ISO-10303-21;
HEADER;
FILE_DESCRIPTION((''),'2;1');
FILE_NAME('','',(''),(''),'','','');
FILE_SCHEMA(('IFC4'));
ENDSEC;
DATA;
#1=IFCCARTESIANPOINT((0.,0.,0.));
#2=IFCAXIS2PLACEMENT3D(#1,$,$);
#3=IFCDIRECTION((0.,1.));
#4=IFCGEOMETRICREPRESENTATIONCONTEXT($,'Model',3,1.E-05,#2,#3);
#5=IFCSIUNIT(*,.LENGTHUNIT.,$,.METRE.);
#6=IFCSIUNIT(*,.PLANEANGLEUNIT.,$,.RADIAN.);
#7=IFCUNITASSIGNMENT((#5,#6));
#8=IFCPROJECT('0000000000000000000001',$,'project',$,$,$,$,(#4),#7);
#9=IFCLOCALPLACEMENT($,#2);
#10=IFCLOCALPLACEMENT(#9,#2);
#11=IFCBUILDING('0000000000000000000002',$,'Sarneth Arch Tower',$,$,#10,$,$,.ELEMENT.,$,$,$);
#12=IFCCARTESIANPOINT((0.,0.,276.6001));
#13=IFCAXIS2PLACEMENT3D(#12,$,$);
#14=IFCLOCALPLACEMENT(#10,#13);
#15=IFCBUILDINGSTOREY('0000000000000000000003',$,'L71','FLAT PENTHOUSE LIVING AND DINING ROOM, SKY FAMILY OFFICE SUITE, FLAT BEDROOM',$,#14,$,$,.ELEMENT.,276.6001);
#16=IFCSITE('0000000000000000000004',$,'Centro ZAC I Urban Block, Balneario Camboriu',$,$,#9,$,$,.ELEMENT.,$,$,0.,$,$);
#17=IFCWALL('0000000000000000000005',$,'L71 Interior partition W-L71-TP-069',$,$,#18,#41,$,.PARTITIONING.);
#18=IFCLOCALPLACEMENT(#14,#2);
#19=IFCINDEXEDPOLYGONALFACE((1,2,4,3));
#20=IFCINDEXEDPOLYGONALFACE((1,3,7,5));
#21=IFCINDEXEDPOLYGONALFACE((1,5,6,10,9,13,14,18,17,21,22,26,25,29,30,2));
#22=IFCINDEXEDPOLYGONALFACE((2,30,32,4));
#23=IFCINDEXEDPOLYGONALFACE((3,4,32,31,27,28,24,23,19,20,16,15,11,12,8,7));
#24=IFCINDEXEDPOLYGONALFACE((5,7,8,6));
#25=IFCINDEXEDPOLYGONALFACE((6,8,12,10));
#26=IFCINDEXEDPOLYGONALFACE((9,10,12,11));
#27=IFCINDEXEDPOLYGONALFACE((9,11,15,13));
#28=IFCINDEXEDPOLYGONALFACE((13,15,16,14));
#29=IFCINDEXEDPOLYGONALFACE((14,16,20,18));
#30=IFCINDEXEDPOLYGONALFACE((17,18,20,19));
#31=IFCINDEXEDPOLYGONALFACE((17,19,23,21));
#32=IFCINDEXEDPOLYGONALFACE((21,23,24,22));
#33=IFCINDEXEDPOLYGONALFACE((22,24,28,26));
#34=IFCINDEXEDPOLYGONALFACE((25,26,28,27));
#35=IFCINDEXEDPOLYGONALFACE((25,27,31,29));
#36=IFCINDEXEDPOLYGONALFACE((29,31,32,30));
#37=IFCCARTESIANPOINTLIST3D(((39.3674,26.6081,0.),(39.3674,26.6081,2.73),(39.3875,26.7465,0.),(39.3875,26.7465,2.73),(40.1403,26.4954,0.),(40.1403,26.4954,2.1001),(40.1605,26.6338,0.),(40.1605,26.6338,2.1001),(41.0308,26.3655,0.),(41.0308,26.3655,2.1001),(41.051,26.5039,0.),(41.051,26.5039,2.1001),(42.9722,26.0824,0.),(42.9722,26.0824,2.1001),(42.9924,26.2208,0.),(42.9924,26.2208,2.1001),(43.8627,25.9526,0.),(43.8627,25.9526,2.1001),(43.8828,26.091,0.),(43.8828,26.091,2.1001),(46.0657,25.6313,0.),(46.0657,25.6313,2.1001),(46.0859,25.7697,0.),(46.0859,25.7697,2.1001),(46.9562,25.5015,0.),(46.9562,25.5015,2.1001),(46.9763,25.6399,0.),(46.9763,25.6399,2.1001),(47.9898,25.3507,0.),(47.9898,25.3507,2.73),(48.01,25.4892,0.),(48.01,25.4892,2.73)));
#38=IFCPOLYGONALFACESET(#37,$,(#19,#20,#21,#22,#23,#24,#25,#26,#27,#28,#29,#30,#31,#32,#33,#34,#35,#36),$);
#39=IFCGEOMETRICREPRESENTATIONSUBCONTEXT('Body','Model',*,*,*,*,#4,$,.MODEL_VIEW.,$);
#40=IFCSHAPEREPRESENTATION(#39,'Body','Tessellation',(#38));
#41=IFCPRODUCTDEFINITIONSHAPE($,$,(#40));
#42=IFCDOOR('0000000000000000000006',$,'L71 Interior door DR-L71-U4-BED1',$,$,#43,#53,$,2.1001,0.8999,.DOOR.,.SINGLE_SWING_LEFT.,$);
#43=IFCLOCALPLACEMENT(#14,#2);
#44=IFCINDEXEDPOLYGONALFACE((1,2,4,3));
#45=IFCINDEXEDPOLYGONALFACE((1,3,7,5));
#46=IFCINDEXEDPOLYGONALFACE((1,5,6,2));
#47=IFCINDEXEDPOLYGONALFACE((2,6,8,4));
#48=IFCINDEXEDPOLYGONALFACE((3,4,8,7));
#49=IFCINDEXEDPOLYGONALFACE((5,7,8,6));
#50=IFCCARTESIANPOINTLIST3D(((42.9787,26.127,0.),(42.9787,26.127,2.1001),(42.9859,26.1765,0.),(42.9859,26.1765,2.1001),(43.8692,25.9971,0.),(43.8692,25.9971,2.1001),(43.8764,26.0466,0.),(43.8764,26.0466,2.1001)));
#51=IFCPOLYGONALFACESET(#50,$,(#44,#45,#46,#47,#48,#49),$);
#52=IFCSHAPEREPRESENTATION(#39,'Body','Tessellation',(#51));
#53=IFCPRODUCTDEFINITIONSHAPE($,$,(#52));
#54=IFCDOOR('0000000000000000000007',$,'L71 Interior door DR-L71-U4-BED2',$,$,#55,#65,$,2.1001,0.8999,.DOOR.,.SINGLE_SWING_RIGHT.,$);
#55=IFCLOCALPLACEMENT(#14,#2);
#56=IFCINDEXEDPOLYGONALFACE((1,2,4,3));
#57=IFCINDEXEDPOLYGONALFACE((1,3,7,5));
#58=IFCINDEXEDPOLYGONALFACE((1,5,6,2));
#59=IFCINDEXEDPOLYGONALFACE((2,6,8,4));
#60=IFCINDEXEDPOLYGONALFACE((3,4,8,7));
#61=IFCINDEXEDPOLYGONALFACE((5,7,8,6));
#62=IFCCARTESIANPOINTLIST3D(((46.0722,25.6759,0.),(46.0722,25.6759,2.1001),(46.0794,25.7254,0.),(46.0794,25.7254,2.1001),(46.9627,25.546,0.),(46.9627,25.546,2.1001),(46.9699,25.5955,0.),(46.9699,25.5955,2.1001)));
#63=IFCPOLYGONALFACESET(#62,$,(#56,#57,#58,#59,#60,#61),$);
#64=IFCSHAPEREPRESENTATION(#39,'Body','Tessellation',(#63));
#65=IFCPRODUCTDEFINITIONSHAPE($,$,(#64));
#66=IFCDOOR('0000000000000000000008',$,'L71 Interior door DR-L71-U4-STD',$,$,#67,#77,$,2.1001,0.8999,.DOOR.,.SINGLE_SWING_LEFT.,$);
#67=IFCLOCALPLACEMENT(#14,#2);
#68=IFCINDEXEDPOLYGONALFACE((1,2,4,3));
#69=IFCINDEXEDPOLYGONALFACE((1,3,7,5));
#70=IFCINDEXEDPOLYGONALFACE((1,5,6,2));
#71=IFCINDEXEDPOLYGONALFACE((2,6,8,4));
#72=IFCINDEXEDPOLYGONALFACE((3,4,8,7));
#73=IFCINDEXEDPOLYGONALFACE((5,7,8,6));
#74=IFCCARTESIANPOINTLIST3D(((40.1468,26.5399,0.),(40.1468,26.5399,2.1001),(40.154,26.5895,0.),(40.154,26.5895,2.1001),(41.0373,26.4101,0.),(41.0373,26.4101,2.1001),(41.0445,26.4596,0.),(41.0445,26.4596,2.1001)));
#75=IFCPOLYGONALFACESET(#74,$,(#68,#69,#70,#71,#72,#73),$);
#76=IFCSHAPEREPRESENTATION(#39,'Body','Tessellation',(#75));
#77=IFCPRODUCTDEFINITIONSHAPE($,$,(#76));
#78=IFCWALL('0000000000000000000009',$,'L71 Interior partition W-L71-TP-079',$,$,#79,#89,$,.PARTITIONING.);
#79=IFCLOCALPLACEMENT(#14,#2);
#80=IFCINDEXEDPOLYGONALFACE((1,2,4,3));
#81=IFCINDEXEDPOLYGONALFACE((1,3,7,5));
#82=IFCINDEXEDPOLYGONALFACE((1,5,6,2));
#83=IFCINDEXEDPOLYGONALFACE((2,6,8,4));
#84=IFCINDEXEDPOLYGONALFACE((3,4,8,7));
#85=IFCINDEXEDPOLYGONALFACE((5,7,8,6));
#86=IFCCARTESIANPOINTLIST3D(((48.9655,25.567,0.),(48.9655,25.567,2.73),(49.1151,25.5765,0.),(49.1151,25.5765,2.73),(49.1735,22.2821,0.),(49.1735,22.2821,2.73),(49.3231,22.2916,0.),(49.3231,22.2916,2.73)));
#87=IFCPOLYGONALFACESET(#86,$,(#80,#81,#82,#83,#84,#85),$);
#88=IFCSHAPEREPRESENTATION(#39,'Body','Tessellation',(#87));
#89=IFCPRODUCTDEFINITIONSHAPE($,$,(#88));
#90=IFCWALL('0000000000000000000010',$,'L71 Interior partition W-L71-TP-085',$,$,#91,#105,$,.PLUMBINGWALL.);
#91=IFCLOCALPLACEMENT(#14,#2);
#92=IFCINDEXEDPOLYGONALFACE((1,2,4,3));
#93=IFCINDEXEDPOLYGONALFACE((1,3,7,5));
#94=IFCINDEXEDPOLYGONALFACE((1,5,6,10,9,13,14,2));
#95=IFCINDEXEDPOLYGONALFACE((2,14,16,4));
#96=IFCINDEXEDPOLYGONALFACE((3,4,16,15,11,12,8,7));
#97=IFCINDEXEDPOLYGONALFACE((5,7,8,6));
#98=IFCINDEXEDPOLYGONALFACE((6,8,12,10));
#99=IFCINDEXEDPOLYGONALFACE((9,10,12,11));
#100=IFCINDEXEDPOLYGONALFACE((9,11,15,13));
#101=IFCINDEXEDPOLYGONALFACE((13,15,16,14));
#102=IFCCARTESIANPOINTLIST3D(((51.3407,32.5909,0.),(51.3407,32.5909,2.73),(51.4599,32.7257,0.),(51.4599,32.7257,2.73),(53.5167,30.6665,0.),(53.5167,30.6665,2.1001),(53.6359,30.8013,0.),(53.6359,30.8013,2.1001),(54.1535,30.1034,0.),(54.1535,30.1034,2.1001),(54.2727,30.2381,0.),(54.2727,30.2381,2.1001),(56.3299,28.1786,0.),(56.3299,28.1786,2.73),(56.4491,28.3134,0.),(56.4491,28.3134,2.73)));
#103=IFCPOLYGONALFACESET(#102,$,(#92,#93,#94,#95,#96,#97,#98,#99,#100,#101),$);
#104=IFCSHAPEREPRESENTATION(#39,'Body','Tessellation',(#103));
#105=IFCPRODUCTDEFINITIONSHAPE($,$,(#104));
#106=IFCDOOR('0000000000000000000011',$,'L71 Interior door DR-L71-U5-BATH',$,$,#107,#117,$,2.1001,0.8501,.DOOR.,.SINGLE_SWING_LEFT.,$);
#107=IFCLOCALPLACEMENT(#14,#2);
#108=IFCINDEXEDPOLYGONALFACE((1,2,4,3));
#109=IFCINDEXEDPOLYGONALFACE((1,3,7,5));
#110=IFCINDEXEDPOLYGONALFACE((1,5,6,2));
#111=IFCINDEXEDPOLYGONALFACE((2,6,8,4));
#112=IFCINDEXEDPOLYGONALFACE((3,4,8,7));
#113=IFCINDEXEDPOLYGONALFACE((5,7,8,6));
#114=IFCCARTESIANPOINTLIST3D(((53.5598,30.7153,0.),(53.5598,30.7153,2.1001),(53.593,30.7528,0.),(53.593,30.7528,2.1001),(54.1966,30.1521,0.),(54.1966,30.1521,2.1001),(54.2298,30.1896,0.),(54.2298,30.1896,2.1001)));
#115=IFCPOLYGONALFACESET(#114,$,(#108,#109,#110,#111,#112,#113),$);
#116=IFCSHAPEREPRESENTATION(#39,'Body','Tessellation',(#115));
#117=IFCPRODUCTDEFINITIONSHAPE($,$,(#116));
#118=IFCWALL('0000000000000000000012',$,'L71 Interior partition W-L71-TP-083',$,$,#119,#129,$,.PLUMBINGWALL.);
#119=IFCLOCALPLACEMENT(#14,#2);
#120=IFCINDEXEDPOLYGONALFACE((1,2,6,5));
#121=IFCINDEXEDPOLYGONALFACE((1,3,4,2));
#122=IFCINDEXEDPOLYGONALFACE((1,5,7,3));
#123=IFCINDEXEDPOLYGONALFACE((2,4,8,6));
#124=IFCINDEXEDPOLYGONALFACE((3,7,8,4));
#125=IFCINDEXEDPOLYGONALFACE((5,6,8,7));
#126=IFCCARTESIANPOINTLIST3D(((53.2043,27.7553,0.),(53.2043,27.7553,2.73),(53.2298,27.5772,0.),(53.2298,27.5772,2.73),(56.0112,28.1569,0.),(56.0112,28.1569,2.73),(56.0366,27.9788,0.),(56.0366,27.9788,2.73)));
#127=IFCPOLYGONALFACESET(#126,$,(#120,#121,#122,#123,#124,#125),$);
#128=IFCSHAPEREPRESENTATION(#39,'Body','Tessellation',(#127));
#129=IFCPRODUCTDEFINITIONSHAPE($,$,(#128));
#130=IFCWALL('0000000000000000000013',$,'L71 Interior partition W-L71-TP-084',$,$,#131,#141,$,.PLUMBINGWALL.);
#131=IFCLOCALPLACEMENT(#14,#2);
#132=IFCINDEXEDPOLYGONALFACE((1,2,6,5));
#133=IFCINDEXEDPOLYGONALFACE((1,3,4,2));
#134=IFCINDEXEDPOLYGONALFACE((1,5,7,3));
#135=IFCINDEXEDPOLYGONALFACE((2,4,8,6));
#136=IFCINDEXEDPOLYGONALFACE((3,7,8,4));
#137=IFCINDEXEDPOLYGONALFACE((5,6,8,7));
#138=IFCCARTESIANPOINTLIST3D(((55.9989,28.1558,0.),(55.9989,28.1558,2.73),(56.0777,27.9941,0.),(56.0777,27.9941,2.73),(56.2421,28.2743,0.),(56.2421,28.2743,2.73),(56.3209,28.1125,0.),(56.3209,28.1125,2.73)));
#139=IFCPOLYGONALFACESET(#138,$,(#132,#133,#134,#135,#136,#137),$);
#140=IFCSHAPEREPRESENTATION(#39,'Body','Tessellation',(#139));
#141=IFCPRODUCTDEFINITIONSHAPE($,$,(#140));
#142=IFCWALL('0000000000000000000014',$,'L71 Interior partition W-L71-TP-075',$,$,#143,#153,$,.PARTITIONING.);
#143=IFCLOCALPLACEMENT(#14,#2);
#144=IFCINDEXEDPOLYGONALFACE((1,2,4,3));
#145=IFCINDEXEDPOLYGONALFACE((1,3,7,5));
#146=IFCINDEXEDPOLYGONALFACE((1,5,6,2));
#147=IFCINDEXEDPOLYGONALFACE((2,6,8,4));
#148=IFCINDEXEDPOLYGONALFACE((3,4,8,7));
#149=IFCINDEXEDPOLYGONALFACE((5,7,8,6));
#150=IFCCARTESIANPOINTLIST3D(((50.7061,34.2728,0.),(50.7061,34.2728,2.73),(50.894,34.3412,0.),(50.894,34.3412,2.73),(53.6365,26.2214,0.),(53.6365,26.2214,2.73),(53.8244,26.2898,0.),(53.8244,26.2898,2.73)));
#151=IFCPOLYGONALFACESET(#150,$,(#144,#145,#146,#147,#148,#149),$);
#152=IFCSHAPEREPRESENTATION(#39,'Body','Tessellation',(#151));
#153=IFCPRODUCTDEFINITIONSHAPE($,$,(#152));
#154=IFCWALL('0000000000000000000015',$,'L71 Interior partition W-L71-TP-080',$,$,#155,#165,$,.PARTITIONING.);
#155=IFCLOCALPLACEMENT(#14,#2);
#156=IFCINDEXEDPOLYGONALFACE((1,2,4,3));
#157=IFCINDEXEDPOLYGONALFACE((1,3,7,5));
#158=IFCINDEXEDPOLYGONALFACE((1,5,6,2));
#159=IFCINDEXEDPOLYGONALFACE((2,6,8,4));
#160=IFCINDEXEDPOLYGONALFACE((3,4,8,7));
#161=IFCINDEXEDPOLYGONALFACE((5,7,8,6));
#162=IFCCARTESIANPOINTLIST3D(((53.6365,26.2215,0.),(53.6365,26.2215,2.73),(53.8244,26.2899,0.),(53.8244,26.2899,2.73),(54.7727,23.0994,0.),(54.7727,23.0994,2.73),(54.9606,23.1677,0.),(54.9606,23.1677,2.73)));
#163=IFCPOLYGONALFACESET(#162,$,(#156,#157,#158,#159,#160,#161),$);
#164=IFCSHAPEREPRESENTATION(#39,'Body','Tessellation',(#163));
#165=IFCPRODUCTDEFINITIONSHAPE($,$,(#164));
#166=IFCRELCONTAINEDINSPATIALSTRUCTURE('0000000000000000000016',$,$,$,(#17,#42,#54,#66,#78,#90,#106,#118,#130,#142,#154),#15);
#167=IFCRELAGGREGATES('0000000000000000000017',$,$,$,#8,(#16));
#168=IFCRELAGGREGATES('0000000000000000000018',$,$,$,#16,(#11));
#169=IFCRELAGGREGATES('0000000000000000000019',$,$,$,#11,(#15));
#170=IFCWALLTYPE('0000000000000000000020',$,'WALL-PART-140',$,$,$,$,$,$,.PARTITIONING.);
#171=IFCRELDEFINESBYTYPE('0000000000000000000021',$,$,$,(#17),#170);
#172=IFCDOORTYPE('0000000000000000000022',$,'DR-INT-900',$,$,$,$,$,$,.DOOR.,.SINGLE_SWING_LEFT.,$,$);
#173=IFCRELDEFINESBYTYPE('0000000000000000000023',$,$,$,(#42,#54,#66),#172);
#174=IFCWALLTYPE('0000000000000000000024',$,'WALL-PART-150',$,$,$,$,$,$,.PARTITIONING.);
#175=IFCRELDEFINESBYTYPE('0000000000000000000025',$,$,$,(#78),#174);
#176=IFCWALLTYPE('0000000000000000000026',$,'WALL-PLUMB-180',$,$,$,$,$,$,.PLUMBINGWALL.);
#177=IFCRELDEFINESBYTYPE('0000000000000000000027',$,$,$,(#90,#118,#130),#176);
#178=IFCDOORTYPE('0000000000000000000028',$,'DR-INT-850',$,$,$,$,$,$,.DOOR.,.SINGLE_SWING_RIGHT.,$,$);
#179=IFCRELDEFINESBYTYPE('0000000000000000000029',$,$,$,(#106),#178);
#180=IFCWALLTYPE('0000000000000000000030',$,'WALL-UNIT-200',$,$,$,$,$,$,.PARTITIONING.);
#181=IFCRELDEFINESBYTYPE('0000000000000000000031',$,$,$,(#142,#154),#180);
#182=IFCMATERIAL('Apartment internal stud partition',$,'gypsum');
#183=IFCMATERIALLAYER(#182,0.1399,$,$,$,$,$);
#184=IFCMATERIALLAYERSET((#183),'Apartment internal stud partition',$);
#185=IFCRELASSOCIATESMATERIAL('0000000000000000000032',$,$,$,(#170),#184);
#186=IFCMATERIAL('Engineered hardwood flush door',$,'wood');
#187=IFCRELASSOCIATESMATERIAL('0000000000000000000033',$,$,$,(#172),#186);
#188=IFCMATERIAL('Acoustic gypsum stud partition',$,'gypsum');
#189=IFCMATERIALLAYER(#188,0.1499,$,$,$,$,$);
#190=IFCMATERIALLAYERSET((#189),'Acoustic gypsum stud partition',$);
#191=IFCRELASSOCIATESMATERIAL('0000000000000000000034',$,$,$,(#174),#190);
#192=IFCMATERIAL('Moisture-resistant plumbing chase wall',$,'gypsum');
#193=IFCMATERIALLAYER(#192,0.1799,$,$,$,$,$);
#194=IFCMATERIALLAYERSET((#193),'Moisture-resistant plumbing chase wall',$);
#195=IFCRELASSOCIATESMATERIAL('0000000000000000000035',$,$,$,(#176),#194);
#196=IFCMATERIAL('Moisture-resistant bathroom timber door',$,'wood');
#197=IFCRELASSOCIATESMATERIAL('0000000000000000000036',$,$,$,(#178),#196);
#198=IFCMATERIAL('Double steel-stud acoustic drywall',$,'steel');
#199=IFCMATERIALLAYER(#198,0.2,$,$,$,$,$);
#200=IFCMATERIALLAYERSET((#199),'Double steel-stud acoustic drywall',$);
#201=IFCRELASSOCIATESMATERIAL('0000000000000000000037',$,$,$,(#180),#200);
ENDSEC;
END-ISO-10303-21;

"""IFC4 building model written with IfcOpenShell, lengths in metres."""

from ifc_helpers import new_model, si_unit, direction, frame, frame_2d, origin, place, context, subcontext, project, spatial, rectangle, extrude, material, layer, layer_set, type_object, element, fill, save


model = new_model("IFC4")

# Units and contexts
model_context = context("Model", 3, precision=1e-05, world=origin(), true_north=direction((0.0, 1.0)))
body_context = subcontext(model_context, "Body", "Model", "MODEL_VIEW")
ifc_project = project(units=[si_unit("LENGTHUNIT", "METRE"), si_unit("PLANEANGLEUNIT", "RADIAN")], contexts=[model_context])

# Site, building, storey
site_placement = place(None, origin())
site = spatial("IfcSite", under=ifc_project, at=site_placement, Name="Centro ZAC I Urban Block, Balneario Camboriu", CompositionType="ELEMENT", RefElevation=0.0)
building_placement = place(site_placement, origin())
building = spatial("IfcBuilding", under=site, at=building_placement, Name="Sarneth Arch Tower", CompositionType="ELEMENT")
storey_placement = place(building_placement, frame((0.0, 0.0, 276.6001)))
storey = spatial("IfcBuildingStorey", under=building, at=storey_placement, Name="L71", Description="FLAT PENTHOUSE LIVING AND DINING ROOM, SKY FAMILY OFFICE SUITE, FLAT BEDROOM", CompositionType="ELEMENT", Elevation=276.6001)

# Shared definitions
ifc_material_1 = material(Name="Apartment internal stud partition", Category="gypsum")
ifc_layer_1 = layer(ifc_material_1, 0.1399)
ifc_layer_set_1 = layer_set([ifc_layer_1], Name="Apartment internal stud partition")
wall_type_1 = type_object("IfcWallType", Name="WALL-PART-140", PredefinedType="PARTITIONING", material=ifc_layer_set_1)
ifc_material_2 = material(Name="Engineered hardwood flush door", Category="wood")
door_type_1 = type_object("IfcDoorType", Name="DR-INT-900", OperationType="SINGLE_SWING_LEFT", PredefinedType="DOOR", material=ifc_material_2)

# Wall, openings, doors
wall_1_placement = place(storey_placement, frame((48.0, 25.4199, 0.0), z_axis=(0.0, 0.0, 1.0), x_axis=(-0.989535, 0.144296, 0.0)))
wall_1 = element("IfcWall", 1, at=wall_1_placement, inside=storey, type_object=wall_type_1, Name="L71 Interior partition W-L71-TP-069", PredefinedType="PARTITIONING", context=body_context, shape_type="SweptSolid", body=[
    extrude(rectangle(XDim=8.7136, YDim=0.1399, at=frame_2d((4.3569, 0.0))), origin(), (0.0, 0.0, 1.0), 2.73),
])
opening_1_placement = place(wall_1_placement, frame((4.1709, 0.0, 0.0)))
opening_1 = element("IfcOpeningElement", 2, at=opening_1_placement, cuts=wall_1, PredefinedType="OPENING", context=body_context, shape_type="SweptSolid", body=[
    extrude(rectangle(XDim=0.8999, YDim=2.1001, at=frame_2d((0.45, 1.05))), frame((0.0, 0.0798, 0.0), z_axis=(0.0, -1.0, 0.0), x_axis=(1.0, 0.0, 0.0)), (0.0, 0.0, 1.0), 0.1599),
])
opening_2_placement = place(wall_1_placement, frame((1.0447, 0.0, 0.0)))
opening_2 = element("IfcOpeningElement", 3, at=opening_2_placement, cuts=wall_1, PredefinedType="OPENING", context=body_context, shape_type="SweptSolid", body=[
    extrude(rectangle(XDim=0.8999, YDim=2.1001, at=frame_2d((0.45, 1.05))), frame((0.0, 0.0798, 0.0), z_axis=(0.0, -1.0, 0.0), x_axis=(1.0, 0.0, 0.0)), (0.0, 0.0, 1.0), 0.1599),
])
opening_3_placement = place(wall_1_placement, frame((7.0327, 0.0, 0.0)))
opening_3 = element("IfcOpeningElement", 4, at=opening_3_placement, cuts=wall_1, PredefinedType="OPENING", context=body_context, shape_type="SweptSolid", body=[
    extrude(rectangle(XDim=0.8999, YDim=2.1001, at=frame_2d((0.45, 1.05))), frame((0.0, 0.0798, 0.0), z_axis=(0.0, -1.0, 0.0), x_axis=(1.0, 0.0, 0.0)), (0.0, 0.0, 1.0), 0.1599),
])
door_1_placement = place(opening_1_placement, origin())
door_1 = element("IfcDoor", 5, at=door_1_placement, inside=storey, type_object=door_type_1, Name="L71 Interior door DR-L71-U4-BED1", OperationType="SINGLE_SWING_LEFT", OverallHeight=2.1001, OverallWidth=0.8999, PredefinedType="DOOR", context=body_context, shape_type="SweptSolid", body=[
    extrude(rectangle(XDim=0.8999, YDim=2.1001, at=frame_2d((0.45, 1.05))), frame((0.0, 0.0249, 0.0), z_axis=(0.0, -1.0, 0.0), x_axis=(1.0, 0.0, 0.0)), (0.0, 0.0, 1.0), 0.05),
])
fill(opening_1, door_1)
door_2_placement = place(opening_2_placement, origin())
door_2 = element("IfcDoor", 6, at=door_2_placement, inside=storey, type_object=door_type_1, Name="L71 Interior door DR-L71-U4-BED2", OperationType="SINGLE_SWING_RIGHT", OverallHeight=2.1001, OverallWidth=0.8999, PredefinedType="DOOR", context=body_context, shape_type="SweptSolid", body=[
    extrude(rectangle(XDim=0.8999, YDim=2.1001, at=frame_2d((0.45, 1.05))), frame((0.0, 0.0249, 0.0), z_axis=(0.0, -1.0, 0.0), x_axis=(1.0, 0.0, 0.0)), (0.0, 0.0, 1.0), 0.05),
])
fill(opening_2, door_2)
door_3_placement = place(opening_3_placement, origin())
door_3 = element("IfcDoor", 7, at=door_3_placement, inside=storey, type_object=door_type_1, Name="L71 Interior door DR-L71-U4-STD", OperationType="SINGLE_SWING_LEFT", OverallHeight=2.1001, OverallWidth=0.8999, PredefinedType="DOOR", context=body_context, shape_type="SweptSolid", body=[
    extrude(rectangle(XDim=0.8999, YDim=2.1001, at=frame_2d((0.45, 1.05))), frame((0.0, 0.0249, 0.0), z_axis=(0.0, -1.0, 0.0), x_axis=(1.0, 0.0, 0.0)), (0.0, 0.0, 1.0), 0.05),
])
fill(opening_3, door_3)

# Wall
ifc_material_3 = material(Name="Acoustic gypsum stud partition", Category="gypsum")
ifc_layer_2 = layer(ifc_material_3, 0.1499)
ifc_layer_set_2 = layer_set([ifc_layer_2], Name="Acoustic gypsum stud partition")
wall_type_2 = type_object("IfcWallType", Name="WALL-PART-150", PredefinedType="PARTITIONING", material=ifc_layer_set_2)
wall_2_placement = place(storey_placement, frame((49.0403, 25.5718, 0.0), z_axis=(0.0, 0.0, 1.0), x_axis=(0.063196, -0.998001, 0.0)))
element("IfcWall", 8, at=wall_2_placement, inside=storey, type_object=wall_type_2, Name="L71 Interior partition W-L71-TP-079", PredefinedType="PARTITIONING", context=body_context, shape_type="SweptSolid", body=[
    extrude(rectangle(XDim=3.2915, YDim=0.1499, at=frame_2d((1.6458, 0.0))), origin(), (0.0, 0.0, 1.0), 2.73),
])

# Wall, opening, door
ifc_material_4 = material(Name="Moisture-resistant plumbing chase wall", Category="gypsum")
ifc_layer_3 = layer(ifc_material_4, 0.1799)
ifc_layer_set_3 = layer_set([ifc_layer_3], Name="Moisture-resistant plumbing chase wall")
wall_type_3 = type_object("IfcWallType", Name="WALL-PLUMB-180", PredefinedType="PLUMBINGWALL", material=ifc_layer_set_3)
wall_3_placement = place(storey_placement, frame((56.3894, 28.2461, 0.0), z_axis=(0.0, 0.0, 1.0), x_axis=(-0.749088, 0.662471, 0.0)))
wall_3 = element("IfcWall", 9, at=wall_3_placement, inside=storey, type_object=wall_type_3, Name="L71 Interior partition W-L71-TP-085", PredefinedType="PLUMBINGWALL", context=body_context, shape_type="SweptSolid", body=[
    extrude(rectangle(XDim=6.6604, YDim=0.1799, at=frame_2d((3.3301, 0.0))), origin(), (0.0, 0.0, 1.0), 2.73),
])
opening_4_placement = place(wall_3_placement, frame((2.9053, 0.0, 0.0)))
opening_4 = element("IfcOpeningElement", 10, at=opening_4_placement, cuts=wall_3, PredefinedType="OPENING", context=body_context, shape_type="SweptSolid", body=[
    extrude(rectangle(XDim=0.8501, YDim=2.1001, at=frame_2d((0.425, 1.05))), frame((0.0, 0.0999, 0.0), z_axis=(0.0, -1.0, 0.0), x_axis=(1.0, 0.0, 0.0)), (0.0, 0.0, 1.0), 0.2),
])
ifc_material_5 = material(Name="Moisture-resistant bathroom timber door", Category="wood")
door_type_2 = type_object("IfcDoorType", Name="DR-INT-850", OperationType="SINGLE_SWING_RIGHT", PredefinedType="DOOR", material=ifc_material_5)
door_4_placement = place(opening_4_placement, origin())
door_4 = element("IfcDoor", 11, at=door_4_placement, inside=storey, type_object=door_type_2, Name="L71 Interior door DR-L71-U5-BATH", OperationType="SINGLE_SWING_LEFT", OverallHeight=2.1001, OverallWidth=0.8501, PredefinedType="DOOR", context=body_context, shape_type="SweptSolid", body=[
    extrude(rectangle(XDim=0.8501, YDim=2.1001, at=frame_2d((0.425, 1.05))), frame((0.0, 0.0249, 0.0), z_axis=(0.0, -1.0, 0.0), x_axis=(1.0, 0.0, 0.0)), (0.0, 0.0, 1.0), 0.05),
])
fill(opening_4, door_4)

# Walls
wall_4_placement = place(storey_placement, frame((53.217, 27.6663, 0.0), z_axis=(0.0, 0.0, 1.0), x_axis=(0.989918, 0.141638, 0.0)))
element("IfcWall", 12, at=wall_4_placement, inside=storey, type_object=wall_type_3, Name="L71 Interior partition W-L71-TP-083", PredefinedType="PLUMBINGWALL", context=body_context, shape_type="SweptSolid", body=[
    extrude(rectangle(XDim=2.8354, YDim=0.1799, at=frame_2d((1.4177, 0.0))), origin(), (0.0, 0.0, 1.0), 2.73),
])
wall_5_placement = place(storey_placement, frame((56.0383, 28.075, 0.0), z_axis=(0.0, 0.0, 1.0), x_axis=(0.899072, 0.437801, 0.0)))
element("IfcWall", 13, at=wall_5_placement, inside=storey, type_object=wall_type_3, Name="L71 Interior partition W-L71-TP-084", PredefinedType="PLUMBINGWALL", context=body_context, shape_type="SweptSolid", body=[
    extrude(rectangle(XDim=0.2705, YDim=0.1799, at=frame_2d((0.1353, 0.0))), origin(), (0.0, 0.0, 1.0), 2.73),
])
ifc_material_6 = material(Name="Double steel-stud acoustic drywall", Category="steel")
ifc_layer_4 = layer(ifc_material_6, 0.2)
ifc_layer_set_4 = layer_set([ifc_layer_4], Name="Double steel-stud acoustic drywall")
wall_type_4 = type_object("IfcWallType", Name="WALL-UNIT-200", PredefinedType="PARTITIONING", material=ifc_layer_set_4)
wall_6_placement = place(storey_placement, frame((50.8, 34.3071, 0.0), z_axis=(0.0, 0.0, 1.0), x_axis=(0.342011, -0.939696, 0.0)))
element("IfcWall", 14, at=wall_6_placement, inside=storey, type_object=wall_type_4, Name="L71 Interior partition W-L71-TP-075", PredefinedType="PARTITIONING", context=body_context, shape_type="SweptSolid", body=[
    extrude(rectangle(XDim=8.5681, YDim=0.2, at=frame_2d((4.2842, 0.0))), origin(), (0.0, 0.0, 1.0), 2.73),
])
wall_7_placement = place(storey_placement, frame((53.7305, 26.2556, 0.0), z_axis=(0.0, 0.0, 1.0), x_axis=(0.341991, -0.939703, 0.0)))
element("IfcWall", 15, at=wall_7_placement, inside=storey, type_object=wall_type_4, Name="L71 Interior partition W-L71-TP-080", PredefinedType="PARTITIONING", context=body_context, shape_type="SweptSolid", body=[
    extrude(rectangle(XDim=3.3225, YDim=0.2, at=frame_2d((1.6611, 0.0))), origin(), (0.0, 0.0, 1.0), 2.73),
])

save(model, "model.ifc")
